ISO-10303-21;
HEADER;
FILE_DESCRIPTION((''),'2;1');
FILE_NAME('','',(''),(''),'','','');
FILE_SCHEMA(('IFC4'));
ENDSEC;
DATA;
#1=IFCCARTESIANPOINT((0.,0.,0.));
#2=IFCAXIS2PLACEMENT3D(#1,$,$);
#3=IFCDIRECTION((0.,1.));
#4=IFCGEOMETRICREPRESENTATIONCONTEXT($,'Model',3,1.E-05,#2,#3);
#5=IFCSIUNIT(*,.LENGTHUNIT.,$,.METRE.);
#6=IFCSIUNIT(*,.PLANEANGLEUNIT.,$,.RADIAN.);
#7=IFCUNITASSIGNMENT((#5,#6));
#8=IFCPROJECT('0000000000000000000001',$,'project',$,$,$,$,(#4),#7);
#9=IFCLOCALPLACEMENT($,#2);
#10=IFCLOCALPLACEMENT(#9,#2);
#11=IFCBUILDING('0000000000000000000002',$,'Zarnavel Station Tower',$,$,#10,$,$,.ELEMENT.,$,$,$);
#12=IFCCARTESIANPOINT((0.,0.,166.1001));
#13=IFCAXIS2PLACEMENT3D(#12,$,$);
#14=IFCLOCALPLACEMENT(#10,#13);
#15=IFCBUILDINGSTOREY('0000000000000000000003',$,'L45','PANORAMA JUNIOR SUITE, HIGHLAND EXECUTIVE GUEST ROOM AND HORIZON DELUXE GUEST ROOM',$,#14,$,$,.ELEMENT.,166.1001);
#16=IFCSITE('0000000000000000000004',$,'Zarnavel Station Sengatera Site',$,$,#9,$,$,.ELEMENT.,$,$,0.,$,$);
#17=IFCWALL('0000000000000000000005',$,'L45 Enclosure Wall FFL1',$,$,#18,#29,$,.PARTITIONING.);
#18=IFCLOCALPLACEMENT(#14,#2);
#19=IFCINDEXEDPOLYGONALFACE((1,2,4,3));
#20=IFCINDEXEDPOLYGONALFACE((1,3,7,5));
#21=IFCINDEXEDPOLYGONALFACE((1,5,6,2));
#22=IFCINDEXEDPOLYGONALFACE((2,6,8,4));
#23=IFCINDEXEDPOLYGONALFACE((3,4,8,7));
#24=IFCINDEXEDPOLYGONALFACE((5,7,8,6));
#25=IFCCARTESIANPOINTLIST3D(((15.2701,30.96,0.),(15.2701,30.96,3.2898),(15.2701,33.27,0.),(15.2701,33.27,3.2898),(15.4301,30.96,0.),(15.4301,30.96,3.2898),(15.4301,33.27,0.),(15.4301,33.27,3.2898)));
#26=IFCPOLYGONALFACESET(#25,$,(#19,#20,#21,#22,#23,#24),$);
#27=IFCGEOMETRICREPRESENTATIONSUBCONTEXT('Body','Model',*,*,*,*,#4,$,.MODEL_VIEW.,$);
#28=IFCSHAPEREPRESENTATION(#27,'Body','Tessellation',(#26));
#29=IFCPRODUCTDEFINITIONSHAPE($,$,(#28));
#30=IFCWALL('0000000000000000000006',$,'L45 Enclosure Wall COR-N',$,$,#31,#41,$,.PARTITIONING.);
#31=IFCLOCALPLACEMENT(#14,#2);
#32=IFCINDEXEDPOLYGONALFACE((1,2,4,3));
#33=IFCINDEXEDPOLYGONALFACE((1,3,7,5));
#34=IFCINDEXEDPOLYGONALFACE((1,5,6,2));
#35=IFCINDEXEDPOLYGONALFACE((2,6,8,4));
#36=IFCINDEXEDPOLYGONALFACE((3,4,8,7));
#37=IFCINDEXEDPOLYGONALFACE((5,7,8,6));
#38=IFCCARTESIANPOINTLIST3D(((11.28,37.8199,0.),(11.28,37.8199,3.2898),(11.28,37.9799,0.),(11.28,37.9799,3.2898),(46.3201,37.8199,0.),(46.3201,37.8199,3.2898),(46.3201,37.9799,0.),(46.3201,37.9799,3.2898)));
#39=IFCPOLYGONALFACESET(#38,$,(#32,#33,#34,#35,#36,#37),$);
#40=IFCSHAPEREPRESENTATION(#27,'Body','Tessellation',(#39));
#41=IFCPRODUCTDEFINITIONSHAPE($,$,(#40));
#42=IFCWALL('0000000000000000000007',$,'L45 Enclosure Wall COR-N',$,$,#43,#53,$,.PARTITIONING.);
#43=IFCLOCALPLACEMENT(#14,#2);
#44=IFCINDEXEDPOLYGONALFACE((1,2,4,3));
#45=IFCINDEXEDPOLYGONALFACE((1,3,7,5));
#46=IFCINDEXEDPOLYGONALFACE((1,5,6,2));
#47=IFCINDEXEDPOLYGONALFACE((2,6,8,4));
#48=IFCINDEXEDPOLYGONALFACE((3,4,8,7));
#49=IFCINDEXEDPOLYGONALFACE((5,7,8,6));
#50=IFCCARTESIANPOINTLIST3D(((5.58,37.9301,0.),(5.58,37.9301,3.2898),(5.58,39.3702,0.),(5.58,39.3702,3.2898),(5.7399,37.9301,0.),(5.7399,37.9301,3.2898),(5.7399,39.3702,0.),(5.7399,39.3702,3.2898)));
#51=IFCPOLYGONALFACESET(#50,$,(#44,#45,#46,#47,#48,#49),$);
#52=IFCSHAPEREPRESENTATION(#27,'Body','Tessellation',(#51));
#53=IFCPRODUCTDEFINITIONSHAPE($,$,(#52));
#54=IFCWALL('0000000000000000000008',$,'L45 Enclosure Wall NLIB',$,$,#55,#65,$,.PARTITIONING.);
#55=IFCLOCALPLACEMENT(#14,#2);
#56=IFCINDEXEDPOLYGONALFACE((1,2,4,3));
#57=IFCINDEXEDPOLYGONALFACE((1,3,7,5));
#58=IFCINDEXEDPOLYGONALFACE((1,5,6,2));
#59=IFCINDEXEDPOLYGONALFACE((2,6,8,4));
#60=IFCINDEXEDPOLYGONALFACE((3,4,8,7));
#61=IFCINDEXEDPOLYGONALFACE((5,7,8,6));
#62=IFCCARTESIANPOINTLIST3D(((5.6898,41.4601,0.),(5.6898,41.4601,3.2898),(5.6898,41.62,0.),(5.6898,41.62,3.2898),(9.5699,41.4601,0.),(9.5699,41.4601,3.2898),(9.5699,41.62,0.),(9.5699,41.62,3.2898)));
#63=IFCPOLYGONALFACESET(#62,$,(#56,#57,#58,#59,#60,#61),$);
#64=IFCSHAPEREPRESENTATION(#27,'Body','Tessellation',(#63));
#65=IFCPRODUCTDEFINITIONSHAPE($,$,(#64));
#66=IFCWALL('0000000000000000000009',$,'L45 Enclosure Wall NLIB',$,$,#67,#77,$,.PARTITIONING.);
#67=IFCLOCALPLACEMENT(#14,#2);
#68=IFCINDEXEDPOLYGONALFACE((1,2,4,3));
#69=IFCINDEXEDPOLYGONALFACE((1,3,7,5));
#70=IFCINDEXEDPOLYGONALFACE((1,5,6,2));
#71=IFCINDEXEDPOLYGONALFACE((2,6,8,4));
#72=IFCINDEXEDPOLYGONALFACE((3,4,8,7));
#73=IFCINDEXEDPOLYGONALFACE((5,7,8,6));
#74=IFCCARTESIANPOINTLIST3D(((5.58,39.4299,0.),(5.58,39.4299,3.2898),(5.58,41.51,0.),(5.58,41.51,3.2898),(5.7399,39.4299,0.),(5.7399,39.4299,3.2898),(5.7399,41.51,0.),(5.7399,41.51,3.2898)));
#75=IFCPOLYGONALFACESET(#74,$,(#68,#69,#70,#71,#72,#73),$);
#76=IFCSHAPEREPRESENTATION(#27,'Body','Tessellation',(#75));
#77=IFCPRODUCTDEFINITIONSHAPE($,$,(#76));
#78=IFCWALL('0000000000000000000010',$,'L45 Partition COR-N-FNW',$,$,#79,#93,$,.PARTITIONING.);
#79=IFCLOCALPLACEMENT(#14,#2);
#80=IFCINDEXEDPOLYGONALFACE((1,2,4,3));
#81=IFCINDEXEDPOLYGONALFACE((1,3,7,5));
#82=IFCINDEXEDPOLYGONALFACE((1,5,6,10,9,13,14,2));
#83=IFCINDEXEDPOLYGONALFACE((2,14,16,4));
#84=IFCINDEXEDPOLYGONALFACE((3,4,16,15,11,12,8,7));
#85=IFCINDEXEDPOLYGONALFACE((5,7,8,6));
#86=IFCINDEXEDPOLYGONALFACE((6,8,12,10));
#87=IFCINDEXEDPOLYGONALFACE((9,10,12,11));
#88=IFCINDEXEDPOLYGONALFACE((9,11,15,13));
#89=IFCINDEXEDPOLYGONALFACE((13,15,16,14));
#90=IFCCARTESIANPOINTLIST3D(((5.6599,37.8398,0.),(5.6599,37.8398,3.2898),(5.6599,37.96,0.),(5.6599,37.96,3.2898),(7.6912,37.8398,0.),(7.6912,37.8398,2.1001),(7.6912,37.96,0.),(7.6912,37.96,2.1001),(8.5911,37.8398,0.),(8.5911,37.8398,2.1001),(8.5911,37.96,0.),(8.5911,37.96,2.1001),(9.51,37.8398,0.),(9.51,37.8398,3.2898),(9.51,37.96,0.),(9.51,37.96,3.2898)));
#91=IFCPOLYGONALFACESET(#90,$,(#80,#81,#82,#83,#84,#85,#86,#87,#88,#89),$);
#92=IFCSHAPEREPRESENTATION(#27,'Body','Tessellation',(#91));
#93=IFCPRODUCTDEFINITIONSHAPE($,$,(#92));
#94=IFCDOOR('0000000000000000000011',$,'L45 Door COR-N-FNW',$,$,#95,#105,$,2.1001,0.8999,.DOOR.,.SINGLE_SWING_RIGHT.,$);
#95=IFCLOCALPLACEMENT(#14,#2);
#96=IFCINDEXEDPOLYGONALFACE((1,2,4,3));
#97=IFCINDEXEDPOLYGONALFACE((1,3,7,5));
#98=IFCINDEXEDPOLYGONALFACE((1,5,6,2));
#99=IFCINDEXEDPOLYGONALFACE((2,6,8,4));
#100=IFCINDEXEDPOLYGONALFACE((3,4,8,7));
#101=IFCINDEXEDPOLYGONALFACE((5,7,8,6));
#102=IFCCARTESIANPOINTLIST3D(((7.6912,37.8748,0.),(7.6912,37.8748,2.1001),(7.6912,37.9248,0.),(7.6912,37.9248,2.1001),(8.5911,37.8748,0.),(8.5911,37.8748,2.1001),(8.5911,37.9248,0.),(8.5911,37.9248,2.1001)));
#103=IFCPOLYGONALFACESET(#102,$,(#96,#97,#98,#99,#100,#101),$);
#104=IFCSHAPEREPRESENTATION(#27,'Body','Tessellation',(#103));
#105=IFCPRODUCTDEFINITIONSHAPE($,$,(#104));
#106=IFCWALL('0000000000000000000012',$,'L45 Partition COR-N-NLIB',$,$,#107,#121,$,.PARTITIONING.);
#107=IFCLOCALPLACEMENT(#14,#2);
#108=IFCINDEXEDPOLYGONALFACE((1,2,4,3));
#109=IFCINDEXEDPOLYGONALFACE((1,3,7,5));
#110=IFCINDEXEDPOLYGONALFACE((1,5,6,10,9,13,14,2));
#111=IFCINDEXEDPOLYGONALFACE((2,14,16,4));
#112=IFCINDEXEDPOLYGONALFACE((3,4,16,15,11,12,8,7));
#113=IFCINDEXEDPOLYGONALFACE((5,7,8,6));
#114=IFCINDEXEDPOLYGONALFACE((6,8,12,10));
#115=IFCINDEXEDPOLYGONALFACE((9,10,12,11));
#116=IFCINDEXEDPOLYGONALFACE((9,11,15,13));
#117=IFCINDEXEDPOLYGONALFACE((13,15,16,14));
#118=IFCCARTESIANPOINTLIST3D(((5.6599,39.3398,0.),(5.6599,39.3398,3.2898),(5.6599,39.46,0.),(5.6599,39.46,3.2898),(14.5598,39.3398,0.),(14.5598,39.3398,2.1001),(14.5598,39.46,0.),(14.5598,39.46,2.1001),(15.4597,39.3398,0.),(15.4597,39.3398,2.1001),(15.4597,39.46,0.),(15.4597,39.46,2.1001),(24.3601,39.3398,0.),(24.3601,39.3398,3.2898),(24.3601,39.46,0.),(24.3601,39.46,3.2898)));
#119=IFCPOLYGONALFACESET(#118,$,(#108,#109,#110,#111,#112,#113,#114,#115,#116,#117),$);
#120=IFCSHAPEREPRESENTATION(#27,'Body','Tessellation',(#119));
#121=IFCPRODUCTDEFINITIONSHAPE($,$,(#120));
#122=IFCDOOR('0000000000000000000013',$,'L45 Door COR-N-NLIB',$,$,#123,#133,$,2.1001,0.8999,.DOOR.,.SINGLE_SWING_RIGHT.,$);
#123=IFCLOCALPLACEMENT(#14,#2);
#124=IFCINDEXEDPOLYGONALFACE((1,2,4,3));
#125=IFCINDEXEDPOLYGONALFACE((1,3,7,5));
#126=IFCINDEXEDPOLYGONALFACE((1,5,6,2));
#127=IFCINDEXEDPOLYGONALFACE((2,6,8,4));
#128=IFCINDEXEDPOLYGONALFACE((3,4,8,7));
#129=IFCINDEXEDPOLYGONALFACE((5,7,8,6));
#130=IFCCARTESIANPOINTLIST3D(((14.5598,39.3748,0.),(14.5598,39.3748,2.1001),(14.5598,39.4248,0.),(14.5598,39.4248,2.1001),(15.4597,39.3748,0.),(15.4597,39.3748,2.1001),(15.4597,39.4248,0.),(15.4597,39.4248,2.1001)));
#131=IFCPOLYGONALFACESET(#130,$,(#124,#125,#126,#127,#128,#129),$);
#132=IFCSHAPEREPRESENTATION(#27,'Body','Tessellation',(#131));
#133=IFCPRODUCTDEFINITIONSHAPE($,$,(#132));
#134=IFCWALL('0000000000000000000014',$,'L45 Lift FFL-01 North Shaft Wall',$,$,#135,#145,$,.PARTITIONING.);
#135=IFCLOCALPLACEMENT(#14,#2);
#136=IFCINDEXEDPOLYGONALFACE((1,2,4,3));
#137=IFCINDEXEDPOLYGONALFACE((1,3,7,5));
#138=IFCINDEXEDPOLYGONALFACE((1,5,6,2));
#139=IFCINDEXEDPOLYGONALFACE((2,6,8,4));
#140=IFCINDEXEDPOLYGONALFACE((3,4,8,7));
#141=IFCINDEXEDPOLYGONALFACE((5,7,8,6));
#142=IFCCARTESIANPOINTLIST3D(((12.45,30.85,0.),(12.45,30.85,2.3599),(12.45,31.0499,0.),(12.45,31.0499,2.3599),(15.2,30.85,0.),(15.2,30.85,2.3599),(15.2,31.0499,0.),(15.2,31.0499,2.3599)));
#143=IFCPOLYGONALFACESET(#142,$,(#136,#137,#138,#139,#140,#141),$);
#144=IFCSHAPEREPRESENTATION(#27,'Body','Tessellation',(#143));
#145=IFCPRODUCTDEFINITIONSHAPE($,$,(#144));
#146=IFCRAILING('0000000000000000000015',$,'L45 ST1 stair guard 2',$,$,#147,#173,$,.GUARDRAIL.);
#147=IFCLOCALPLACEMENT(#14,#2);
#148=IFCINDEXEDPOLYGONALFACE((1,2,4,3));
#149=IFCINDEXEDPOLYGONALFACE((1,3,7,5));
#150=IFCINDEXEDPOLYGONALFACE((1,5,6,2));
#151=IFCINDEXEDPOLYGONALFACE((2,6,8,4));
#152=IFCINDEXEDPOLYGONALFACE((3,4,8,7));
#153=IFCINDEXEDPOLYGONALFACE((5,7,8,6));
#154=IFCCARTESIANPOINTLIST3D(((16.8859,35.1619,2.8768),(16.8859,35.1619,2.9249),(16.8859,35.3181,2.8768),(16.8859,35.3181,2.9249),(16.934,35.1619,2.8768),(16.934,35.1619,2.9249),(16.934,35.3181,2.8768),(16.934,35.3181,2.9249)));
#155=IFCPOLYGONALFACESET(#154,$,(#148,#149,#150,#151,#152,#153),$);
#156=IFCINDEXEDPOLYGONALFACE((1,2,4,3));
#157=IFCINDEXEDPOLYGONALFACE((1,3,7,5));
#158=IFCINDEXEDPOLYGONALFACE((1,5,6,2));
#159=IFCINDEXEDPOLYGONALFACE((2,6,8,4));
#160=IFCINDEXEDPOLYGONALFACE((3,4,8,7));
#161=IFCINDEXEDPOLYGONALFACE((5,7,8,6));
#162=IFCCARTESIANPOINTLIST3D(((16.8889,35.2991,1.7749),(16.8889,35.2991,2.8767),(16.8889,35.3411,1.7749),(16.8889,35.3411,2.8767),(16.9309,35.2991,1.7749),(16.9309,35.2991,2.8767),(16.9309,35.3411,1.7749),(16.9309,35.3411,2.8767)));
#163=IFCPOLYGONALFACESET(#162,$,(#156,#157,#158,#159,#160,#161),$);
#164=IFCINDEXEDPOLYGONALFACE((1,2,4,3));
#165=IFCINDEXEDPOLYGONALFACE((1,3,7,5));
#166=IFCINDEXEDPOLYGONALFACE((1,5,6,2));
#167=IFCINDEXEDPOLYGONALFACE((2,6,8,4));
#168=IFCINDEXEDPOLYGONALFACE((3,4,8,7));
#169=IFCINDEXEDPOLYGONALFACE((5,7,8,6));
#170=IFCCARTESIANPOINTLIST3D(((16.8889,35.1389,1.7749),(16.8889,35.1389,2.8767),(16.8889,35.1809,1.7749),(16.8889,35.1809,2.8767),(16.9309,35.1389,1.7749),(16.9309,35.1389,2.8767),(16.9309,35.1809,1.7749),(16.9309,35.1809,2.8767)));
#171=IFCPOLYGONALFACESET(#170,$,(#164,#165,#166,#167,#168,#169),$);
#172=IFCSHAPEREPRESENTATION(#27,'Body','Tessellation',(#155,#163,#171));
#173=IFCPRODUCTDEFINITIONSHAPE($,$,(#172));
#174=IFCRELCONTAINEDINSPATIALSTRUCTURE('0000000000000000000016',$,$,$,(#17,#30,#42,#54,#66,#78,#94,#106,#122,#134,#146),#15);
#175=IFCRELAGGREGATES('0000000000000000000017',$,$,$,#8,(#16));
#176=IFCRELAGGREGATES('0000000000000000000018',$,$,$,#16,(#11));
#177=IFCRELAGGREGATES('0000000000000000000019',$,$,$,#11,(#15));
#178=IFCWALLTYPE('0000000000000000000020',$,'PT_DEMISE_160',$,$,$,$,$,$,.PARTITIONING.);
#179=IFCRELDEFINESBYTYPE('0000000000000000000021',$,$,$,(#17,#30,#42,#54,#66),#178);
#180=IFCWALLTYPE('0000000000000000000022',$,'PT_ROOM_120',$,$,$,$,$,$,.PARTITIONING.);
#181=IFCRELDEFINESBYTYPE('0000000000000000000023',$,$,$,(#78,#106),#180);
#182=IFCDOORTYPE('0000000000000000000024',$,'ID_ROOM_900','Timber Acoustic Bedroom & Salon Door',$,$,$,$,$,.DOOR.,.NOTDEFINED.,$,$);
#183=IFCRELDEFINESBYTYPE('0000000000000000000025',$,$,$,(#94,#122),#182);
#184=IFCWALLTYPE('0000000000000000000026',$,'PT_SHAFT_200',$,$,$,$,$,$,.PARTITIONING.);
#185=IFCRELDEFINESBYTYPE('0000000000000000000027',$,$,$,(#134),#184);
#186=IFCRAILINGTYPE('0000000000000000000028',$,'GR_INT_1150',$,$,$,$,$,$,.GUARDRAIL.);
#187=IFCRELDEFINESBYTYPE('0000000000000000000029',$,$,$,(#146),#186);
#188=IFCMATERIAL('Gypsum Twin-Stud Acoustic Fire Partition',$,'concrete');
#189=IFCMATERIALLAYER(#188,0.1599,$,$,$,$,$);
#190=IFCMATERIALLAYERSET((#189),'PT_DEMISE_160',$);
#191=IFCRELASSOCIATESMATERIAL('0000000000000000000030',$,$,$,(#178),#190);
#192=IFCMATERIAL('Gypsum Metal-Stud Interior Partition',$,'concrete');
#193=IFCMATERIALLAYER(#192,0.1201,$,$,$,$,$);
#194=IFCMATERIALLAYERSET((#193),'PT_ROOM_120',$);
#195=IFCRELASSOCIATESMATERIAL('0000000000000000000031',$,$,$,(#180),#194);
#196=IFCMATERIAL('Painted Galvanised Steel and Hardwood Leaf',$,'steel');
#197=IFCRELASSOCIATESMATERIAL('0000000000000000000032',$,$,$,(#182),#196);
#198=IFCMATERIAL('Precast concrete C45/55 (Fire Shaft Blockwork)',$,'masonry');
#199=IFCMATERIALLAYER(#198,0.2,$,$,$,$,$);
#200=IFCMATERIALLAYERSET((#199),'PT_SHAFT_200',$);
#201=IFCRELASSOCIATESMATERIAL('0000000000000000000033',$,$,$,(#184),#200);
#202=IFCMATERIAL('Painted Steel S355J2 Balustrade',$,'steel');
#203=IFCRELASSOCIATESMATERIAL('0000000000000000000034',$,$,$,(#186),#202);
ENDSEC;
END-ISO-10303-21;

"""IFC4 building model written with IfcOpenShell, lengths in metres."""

from ifc_helpers import new_model, si_unit, direction, frame, frame_2d, origin, origin_2d, place, context, subcontext, project, spatial, rectangle, extrude, material, layer, layer_set, type_object, element, fill, save


model = new_model("IFC4")

# Units and contexts
model_context = context("Model", 3, precision=1e-05, world=origin(), true_north=direction((0.0, 1.0)))
body_context = subcontext(model_context, "Body", "Model", "MODEL_VIEW")
ifc_project = project(units=[si_unit("LENGTHUNIT", "METRE"), si_unit("PLANEANGLEUNIT", "RADIAN")], contexts=[model_context])

# Site, building, storey
site_placement = place(None, origin())
site = spatial("IfcSite", under=ifc_project, at=site_placement, Name="Zarnavel Station Sengatera Site", CompositionType="ELEMENT", RefElevation=0.0)
building_placement = place(site_placement, origin())
building = spatial("IfcBuilding", under=site, at=building_placement, Name="Zarnavel Station Tower", CompositionType="ELEMENT")
storey_placement = place(building_placement, frame((0.0, 0.0, 166.1001)))
storey = spatial("IfcBuildingStorey", under=building, at=storey_placement, Name="L45", Description="PANORAMA JUNIOR SUITE, HIGHLAND EXECUTIVE GUEST ROOM AND HORIZON DELUXE GUEST ROOM", CompositionType="ELEMENT", Elevation=166.1001)

# Walls
ifc_material_1 = material(Name="Gypsum Twin-Stud Acoustic Fire Partition", Category="concrete")
ifc_layer_1 = layer(ifc_material_1, 0.1599)
ifc_layer_set_1 = layer_set([ifc_layer_1], Name="PT_DEMISE_160")
wall_type_1 = type_object("IfcWallType", Name="PT_DEMISE_160", PredefinedType="PARTITIONING", material=ifc_layer_set_1)
wall_1_placement = place(storey_placement, frame((15.3501, 30.96, 0.0), z_axis=(0.0, 0.0, 1.0), x_axis=(0.0, 1.0, 0.0)))
element("IfcWall", 1, at=wall_1_placement, inside=storey, type_object=wall_type_1, Name="L45 Enclosure Wall FFL1", PredefinedType="PARTITIONING", context=body_context, shape_type="SweptSolid", body=[
    extrude(rectangle(XDim=2.3101, YDim=0.1599, at=frame_2d((1.155, 0.0))), origin(), (0.0, 0.0, 1.0), 3.2898),
])
wall_2_placement = place(storey_placement, frame((11.28, 37.8999, 0.0), z_axis=(0.0, 0.0, 1.0), x_axis=(1.0, 0.0, 0.0)))
element("IfcWall", 2, at=wall_2_placement, inside=storey, type_object=wall_type_1, Name="L45 Enclosure Wall COR-N", PredefinedType="PARTITIONING", context=body_context, shape_type="SweptSolid", body=[
    extrude(rectangle(XDim=35.04, YDim=0.1599, at=frame_2d((17.52, 0.0))), origin(), (0.0, 0.0, 1.0), 3.2898),
])
wall_3_placement = place(storey_placement, frame((5.6599, 37.9299, 0.0), z_axis=(0.0, 0.0, 1.0), x_axis=(0.0, 1.0, 0.0)))
element("IfcWall", 3, at=wall_3_placement, inside=storey, type_object=wall_type_1, Name="L45 Enclosure Wall COR-N", PredefinedType="PARTITIONING", context=body_context, shape_type="SweptSolid", body=[
    extrude(rectangle(XDim=1.4402, YDim=0.1599, at=frame_2d((0.7202, 0.0))), origin(), (0.0, 0.0, 1.0), 3.2898),
])
wall_4_placement = place(storey_placement, frame((5.6899, 41.54, 0.0), z_axis=(0.0, 0.0, 1.0), x_axis=(1.0, 0.0, 0.0)))
element("IfcWall", 4, at=wall_4_placement, inside=storey, type_object=wall_type_1, Name="L45 Enclosure Wall NLIB", PredefinedType="PARTITIONING", context=body_context, shape_type="SweptSolid", body=[
    extrude(rectangle(XDim=3.8801, YDim=0.1599, at=frame_2d((1.9399, 0.0))), origin(), (0.0, 0.0, 1.0), 3.2898),
])
wall_5_placement = place(storey_placement, frame((5.6599, 39.4299, 0.0), z_axis=(0.0, 0.0, 1.0), x_axis=(0.0, 1.0, 0.0)))
element("IfcWall", 5, at=wall_5_placement, inside=storey, type_object=wall_type_1, Name="L45 Enclosure Wall NLIB", PredefinedType="PARTITIONING", context=body_context, shape_type="SweptSolid", body=[
    extrude(rectangle(XDim=2.0801, YDim=0.1599, at=frame_2d((1.04, 0.0))), origin(), (0.0, 0.0, 1.0), 3.2898),
])

# Walls, openings, doors
ifc_material_2 = material(Name="Gypsum Metal-Stud Interior Partition", Category="concrete")
ifc_layer_2 = layer(ifc_material_2, 0.1201)
ifc_layer_set_2 = layer_set([ifc_layer_2], Name="PT_ROOM_120")
wall_type_2 = type_object("IfcWallType", Name="PT_ROOM_120", PredefinedType="PARTITIONING", material=ifc_layer_set_2)
wall_6_placement = place(storey_placement, frame((5.6599, 37.8999, 0.0), z_axis=(0.0, 0.0, 1.0), x_axis=(1.0, 0.0, 0.0)))
wall_6 = element("IfcWall", 6, at=wall_6_placement, inside=storey, type_object=wall_type_2, Name="L45 Partition COR-N-FNW", PredefinedType="PARTITIONING", context=body_context, shape_type="SweptSolid", body=[
    extrude(rectangle(XDim=3.8501, YDim=0.1201, at=frame_2d((1.925, 0.0))), origin(), (0.0, 0.0, 1.0), 3.2898),
])
opening_1_placement = place(wall_6_placement, frame((2.0312, 0.0, 0.0)))
opening_1 = element("IfcOpeningElement", 7, at=opening_1_placement, cuts=wall_6, PredefinedType="OPENING", context=body_context, shape_type="SweptSolid", body=[
    extrude(rectangle(XDim=0.8999, YDim=2.1001, at=frame_2d((0.45, 1.05))), frame((0.0, 0.0701, 0.0), z_axis=(0.0, -1.0, 0.0), x_axis=(1.0, 0.0, 0.0)), (0.0, 0.0, 1.0), 0.1401),
])
ifc_material_3 = material(Name="Painted Galvanised Steel and Hardwood Leaf", Category="steel")
door_type = type_object("IfcDoorType", Name="ID_ROOM_900", Description="Timber Acoustic Bedroom & Salon Door", OperationType="NOTDEFINED", PredefinedType="DOOR", material=ifc_material_3)
door_1_placement = place(opening_1_placement, origin())
door_1 = element("IfcDoor", 8, at=door_1_placement, inside=storey, type_object=door_type, Name="L45 Door COR-N-FNW", OperationType="SINGLE_SWING_RIGHT", OverallHeight=2.1001, OverallWidth=0.8999, PredefinedType="DOOR", context=body_context, shape_type="SweptSolid", body=[
    extrude(rectangle(XDim=0.8999, YDim=2.1001, at=frame_2d((0.45, 1.05))), frame((0.0, 0.0249, 0.0), z_axis=(0.0, -1.0, 0.0), x_axis=(1.0, 0.0, 0.0)), (0.0, 0.0, 1.0), 0.05),
])
fill(opening_1, door_1)
wall_7_placement = place(storey_placement, frame((5.6599, 39.3999, 0.0), z_axis=(0.0, 0.0, 1.0), x_axis=(1.0, 0.0, 0.0)))
wall_7 = element("IfcWall", 9, at=wall_7_placement, inside=storey, type_object=wall_type_2, Name="L45 Partition COR-N-NLIB", PredefinedType="PARTITIONING", context=body_context, shape_type="SweptSolid", body=[
    extrude(rectangle(XDim=18.7002, YDim=0.1201, at=frame_2d((9.3501, 0.0))), origin(), (0.0, 0.0, 1.0), 3.2898),
])
opening_2_placement = place(wall_7_placement, frame((8.8999, 0.0, 0.0)))
opening_2 = element("IfcOpeningElement", 10, at=opening_2_placement, cuts=wall_7, PredefinedType="OPENING", context=body_context, shape_type="SweptSolid", body=[
    extrude(rectangle(XDim=0.8999, YDim=2.1001, at=frame_2d((0.45, 1.05))), frame((0.0, 0.0701, 0.0), z_axis=(0.0, -1.0, 0.0), x_axis=(1.0, 0.0, 0.0)), (0.0, 0.0, 1.0), 0.1401),
])
door_2_placement = place(opening_2_placement, origin())
door_2 = element("IfcDoor", 11, at=door_2_placement, inside=storey, type_object=door_type, Name="L45 Door COR-N-NLIB", OperationType="SINGLE_SWING_RIGHT", OverallHeight=2.1001, OverallWidth=0.8999, PredefinedType="DOOR", context=body_context, shape_type="SweptSolid", body=[
    extrude(rectangle(XDim=0.8999, YDim=2.1001, at=frame_2d((0.45, 1.05))), frame((0.0, 0.0249, 0.0), z_axis=(0.0, -1.0, 0.0), x_axis=(1.0, 0.0, 0.0)), (0.0, 0.0, 1.0), 0.05),
])
fill(opening_2, door_2)

# Wall
ifc_material_4 = material(Name="Precast concrete C45/55 (Fire Shaft Blockwork)", Category="masonry")
ifc_layer_3 = layer(ifc_material_4, 0.2)
ifc_layer_set_3 = layer_set([ifc_layer_3], Name="PT_SHAFT_200")
wall_type_3 = type_object("IfcWallType", Name="PT_SHAFT_200", PredefinedType="PARTITIONING", material=ifc_layer_set_3)
wall_8_placement = place(storey_placement, frame((12.45, 30.95, 0.0), z_axis=(0.0, 0.0, 1.0), x_axis=(1.0, 0.0, 0.0)))
element("IfcWall", 12, at=wall_8_placement, inside=storey, type_object=wall_type_3, Name="L45 Lift FFL-01 North Shaft Wall", PredefinedType="PARTITIONING", context=body_context, shape_type="SweptSolid", body=[
    extrude(rectangle(XDim=2.75, YDim=0.2, at=frame_2d((1.375, 0.0))), origin(), (0.0, 0.0, 1.0), 2.3599),
])

# Railing
ifc_material_5 = material(Name="Painted Steel S355J2 Balustrade", Category="steel")
railing_type = type_object("IfcRailingType", Name="GR_INT_1150", PredefinedType="GUARDRAIL", material=ifc_material_5)
railing_placement = place(storey_placement, frame((16.9099, 35.3201, 1.7749)))
element("IfcRailing", 13, at=railing_placement, inside=storey, type_object=railing_type, Name="L45 ST1 stair guard 2", PredefinedType="GUARDRAIL", context=body_context, shape_type="SweptSolid", body=[
    extrude(rectangle(XDim=0.0481, YDim=0.0481, at=origin_2d()), frame((0.0, -0.002, 1.126), z_axis=(0.0, -1.0, 0.0), x_axis=(1.0, 0.0, 0.0)), (0.0, 0.0, 1.0), 0.1562),
    extrude(rectangle(XDim=0.042, YDim=0.042, at=origin_2d()), origin(), (0.0, 0.0, 1.0), 1.1018),
    extrude(rectangle(XDim=0.042, YDim=0.042, at=origin_2d()), frame((0.0, -0.1602, 0.0)), (0.0, 0.0, 1.0), 1.1018),
])

save(model, "model.ifc")
